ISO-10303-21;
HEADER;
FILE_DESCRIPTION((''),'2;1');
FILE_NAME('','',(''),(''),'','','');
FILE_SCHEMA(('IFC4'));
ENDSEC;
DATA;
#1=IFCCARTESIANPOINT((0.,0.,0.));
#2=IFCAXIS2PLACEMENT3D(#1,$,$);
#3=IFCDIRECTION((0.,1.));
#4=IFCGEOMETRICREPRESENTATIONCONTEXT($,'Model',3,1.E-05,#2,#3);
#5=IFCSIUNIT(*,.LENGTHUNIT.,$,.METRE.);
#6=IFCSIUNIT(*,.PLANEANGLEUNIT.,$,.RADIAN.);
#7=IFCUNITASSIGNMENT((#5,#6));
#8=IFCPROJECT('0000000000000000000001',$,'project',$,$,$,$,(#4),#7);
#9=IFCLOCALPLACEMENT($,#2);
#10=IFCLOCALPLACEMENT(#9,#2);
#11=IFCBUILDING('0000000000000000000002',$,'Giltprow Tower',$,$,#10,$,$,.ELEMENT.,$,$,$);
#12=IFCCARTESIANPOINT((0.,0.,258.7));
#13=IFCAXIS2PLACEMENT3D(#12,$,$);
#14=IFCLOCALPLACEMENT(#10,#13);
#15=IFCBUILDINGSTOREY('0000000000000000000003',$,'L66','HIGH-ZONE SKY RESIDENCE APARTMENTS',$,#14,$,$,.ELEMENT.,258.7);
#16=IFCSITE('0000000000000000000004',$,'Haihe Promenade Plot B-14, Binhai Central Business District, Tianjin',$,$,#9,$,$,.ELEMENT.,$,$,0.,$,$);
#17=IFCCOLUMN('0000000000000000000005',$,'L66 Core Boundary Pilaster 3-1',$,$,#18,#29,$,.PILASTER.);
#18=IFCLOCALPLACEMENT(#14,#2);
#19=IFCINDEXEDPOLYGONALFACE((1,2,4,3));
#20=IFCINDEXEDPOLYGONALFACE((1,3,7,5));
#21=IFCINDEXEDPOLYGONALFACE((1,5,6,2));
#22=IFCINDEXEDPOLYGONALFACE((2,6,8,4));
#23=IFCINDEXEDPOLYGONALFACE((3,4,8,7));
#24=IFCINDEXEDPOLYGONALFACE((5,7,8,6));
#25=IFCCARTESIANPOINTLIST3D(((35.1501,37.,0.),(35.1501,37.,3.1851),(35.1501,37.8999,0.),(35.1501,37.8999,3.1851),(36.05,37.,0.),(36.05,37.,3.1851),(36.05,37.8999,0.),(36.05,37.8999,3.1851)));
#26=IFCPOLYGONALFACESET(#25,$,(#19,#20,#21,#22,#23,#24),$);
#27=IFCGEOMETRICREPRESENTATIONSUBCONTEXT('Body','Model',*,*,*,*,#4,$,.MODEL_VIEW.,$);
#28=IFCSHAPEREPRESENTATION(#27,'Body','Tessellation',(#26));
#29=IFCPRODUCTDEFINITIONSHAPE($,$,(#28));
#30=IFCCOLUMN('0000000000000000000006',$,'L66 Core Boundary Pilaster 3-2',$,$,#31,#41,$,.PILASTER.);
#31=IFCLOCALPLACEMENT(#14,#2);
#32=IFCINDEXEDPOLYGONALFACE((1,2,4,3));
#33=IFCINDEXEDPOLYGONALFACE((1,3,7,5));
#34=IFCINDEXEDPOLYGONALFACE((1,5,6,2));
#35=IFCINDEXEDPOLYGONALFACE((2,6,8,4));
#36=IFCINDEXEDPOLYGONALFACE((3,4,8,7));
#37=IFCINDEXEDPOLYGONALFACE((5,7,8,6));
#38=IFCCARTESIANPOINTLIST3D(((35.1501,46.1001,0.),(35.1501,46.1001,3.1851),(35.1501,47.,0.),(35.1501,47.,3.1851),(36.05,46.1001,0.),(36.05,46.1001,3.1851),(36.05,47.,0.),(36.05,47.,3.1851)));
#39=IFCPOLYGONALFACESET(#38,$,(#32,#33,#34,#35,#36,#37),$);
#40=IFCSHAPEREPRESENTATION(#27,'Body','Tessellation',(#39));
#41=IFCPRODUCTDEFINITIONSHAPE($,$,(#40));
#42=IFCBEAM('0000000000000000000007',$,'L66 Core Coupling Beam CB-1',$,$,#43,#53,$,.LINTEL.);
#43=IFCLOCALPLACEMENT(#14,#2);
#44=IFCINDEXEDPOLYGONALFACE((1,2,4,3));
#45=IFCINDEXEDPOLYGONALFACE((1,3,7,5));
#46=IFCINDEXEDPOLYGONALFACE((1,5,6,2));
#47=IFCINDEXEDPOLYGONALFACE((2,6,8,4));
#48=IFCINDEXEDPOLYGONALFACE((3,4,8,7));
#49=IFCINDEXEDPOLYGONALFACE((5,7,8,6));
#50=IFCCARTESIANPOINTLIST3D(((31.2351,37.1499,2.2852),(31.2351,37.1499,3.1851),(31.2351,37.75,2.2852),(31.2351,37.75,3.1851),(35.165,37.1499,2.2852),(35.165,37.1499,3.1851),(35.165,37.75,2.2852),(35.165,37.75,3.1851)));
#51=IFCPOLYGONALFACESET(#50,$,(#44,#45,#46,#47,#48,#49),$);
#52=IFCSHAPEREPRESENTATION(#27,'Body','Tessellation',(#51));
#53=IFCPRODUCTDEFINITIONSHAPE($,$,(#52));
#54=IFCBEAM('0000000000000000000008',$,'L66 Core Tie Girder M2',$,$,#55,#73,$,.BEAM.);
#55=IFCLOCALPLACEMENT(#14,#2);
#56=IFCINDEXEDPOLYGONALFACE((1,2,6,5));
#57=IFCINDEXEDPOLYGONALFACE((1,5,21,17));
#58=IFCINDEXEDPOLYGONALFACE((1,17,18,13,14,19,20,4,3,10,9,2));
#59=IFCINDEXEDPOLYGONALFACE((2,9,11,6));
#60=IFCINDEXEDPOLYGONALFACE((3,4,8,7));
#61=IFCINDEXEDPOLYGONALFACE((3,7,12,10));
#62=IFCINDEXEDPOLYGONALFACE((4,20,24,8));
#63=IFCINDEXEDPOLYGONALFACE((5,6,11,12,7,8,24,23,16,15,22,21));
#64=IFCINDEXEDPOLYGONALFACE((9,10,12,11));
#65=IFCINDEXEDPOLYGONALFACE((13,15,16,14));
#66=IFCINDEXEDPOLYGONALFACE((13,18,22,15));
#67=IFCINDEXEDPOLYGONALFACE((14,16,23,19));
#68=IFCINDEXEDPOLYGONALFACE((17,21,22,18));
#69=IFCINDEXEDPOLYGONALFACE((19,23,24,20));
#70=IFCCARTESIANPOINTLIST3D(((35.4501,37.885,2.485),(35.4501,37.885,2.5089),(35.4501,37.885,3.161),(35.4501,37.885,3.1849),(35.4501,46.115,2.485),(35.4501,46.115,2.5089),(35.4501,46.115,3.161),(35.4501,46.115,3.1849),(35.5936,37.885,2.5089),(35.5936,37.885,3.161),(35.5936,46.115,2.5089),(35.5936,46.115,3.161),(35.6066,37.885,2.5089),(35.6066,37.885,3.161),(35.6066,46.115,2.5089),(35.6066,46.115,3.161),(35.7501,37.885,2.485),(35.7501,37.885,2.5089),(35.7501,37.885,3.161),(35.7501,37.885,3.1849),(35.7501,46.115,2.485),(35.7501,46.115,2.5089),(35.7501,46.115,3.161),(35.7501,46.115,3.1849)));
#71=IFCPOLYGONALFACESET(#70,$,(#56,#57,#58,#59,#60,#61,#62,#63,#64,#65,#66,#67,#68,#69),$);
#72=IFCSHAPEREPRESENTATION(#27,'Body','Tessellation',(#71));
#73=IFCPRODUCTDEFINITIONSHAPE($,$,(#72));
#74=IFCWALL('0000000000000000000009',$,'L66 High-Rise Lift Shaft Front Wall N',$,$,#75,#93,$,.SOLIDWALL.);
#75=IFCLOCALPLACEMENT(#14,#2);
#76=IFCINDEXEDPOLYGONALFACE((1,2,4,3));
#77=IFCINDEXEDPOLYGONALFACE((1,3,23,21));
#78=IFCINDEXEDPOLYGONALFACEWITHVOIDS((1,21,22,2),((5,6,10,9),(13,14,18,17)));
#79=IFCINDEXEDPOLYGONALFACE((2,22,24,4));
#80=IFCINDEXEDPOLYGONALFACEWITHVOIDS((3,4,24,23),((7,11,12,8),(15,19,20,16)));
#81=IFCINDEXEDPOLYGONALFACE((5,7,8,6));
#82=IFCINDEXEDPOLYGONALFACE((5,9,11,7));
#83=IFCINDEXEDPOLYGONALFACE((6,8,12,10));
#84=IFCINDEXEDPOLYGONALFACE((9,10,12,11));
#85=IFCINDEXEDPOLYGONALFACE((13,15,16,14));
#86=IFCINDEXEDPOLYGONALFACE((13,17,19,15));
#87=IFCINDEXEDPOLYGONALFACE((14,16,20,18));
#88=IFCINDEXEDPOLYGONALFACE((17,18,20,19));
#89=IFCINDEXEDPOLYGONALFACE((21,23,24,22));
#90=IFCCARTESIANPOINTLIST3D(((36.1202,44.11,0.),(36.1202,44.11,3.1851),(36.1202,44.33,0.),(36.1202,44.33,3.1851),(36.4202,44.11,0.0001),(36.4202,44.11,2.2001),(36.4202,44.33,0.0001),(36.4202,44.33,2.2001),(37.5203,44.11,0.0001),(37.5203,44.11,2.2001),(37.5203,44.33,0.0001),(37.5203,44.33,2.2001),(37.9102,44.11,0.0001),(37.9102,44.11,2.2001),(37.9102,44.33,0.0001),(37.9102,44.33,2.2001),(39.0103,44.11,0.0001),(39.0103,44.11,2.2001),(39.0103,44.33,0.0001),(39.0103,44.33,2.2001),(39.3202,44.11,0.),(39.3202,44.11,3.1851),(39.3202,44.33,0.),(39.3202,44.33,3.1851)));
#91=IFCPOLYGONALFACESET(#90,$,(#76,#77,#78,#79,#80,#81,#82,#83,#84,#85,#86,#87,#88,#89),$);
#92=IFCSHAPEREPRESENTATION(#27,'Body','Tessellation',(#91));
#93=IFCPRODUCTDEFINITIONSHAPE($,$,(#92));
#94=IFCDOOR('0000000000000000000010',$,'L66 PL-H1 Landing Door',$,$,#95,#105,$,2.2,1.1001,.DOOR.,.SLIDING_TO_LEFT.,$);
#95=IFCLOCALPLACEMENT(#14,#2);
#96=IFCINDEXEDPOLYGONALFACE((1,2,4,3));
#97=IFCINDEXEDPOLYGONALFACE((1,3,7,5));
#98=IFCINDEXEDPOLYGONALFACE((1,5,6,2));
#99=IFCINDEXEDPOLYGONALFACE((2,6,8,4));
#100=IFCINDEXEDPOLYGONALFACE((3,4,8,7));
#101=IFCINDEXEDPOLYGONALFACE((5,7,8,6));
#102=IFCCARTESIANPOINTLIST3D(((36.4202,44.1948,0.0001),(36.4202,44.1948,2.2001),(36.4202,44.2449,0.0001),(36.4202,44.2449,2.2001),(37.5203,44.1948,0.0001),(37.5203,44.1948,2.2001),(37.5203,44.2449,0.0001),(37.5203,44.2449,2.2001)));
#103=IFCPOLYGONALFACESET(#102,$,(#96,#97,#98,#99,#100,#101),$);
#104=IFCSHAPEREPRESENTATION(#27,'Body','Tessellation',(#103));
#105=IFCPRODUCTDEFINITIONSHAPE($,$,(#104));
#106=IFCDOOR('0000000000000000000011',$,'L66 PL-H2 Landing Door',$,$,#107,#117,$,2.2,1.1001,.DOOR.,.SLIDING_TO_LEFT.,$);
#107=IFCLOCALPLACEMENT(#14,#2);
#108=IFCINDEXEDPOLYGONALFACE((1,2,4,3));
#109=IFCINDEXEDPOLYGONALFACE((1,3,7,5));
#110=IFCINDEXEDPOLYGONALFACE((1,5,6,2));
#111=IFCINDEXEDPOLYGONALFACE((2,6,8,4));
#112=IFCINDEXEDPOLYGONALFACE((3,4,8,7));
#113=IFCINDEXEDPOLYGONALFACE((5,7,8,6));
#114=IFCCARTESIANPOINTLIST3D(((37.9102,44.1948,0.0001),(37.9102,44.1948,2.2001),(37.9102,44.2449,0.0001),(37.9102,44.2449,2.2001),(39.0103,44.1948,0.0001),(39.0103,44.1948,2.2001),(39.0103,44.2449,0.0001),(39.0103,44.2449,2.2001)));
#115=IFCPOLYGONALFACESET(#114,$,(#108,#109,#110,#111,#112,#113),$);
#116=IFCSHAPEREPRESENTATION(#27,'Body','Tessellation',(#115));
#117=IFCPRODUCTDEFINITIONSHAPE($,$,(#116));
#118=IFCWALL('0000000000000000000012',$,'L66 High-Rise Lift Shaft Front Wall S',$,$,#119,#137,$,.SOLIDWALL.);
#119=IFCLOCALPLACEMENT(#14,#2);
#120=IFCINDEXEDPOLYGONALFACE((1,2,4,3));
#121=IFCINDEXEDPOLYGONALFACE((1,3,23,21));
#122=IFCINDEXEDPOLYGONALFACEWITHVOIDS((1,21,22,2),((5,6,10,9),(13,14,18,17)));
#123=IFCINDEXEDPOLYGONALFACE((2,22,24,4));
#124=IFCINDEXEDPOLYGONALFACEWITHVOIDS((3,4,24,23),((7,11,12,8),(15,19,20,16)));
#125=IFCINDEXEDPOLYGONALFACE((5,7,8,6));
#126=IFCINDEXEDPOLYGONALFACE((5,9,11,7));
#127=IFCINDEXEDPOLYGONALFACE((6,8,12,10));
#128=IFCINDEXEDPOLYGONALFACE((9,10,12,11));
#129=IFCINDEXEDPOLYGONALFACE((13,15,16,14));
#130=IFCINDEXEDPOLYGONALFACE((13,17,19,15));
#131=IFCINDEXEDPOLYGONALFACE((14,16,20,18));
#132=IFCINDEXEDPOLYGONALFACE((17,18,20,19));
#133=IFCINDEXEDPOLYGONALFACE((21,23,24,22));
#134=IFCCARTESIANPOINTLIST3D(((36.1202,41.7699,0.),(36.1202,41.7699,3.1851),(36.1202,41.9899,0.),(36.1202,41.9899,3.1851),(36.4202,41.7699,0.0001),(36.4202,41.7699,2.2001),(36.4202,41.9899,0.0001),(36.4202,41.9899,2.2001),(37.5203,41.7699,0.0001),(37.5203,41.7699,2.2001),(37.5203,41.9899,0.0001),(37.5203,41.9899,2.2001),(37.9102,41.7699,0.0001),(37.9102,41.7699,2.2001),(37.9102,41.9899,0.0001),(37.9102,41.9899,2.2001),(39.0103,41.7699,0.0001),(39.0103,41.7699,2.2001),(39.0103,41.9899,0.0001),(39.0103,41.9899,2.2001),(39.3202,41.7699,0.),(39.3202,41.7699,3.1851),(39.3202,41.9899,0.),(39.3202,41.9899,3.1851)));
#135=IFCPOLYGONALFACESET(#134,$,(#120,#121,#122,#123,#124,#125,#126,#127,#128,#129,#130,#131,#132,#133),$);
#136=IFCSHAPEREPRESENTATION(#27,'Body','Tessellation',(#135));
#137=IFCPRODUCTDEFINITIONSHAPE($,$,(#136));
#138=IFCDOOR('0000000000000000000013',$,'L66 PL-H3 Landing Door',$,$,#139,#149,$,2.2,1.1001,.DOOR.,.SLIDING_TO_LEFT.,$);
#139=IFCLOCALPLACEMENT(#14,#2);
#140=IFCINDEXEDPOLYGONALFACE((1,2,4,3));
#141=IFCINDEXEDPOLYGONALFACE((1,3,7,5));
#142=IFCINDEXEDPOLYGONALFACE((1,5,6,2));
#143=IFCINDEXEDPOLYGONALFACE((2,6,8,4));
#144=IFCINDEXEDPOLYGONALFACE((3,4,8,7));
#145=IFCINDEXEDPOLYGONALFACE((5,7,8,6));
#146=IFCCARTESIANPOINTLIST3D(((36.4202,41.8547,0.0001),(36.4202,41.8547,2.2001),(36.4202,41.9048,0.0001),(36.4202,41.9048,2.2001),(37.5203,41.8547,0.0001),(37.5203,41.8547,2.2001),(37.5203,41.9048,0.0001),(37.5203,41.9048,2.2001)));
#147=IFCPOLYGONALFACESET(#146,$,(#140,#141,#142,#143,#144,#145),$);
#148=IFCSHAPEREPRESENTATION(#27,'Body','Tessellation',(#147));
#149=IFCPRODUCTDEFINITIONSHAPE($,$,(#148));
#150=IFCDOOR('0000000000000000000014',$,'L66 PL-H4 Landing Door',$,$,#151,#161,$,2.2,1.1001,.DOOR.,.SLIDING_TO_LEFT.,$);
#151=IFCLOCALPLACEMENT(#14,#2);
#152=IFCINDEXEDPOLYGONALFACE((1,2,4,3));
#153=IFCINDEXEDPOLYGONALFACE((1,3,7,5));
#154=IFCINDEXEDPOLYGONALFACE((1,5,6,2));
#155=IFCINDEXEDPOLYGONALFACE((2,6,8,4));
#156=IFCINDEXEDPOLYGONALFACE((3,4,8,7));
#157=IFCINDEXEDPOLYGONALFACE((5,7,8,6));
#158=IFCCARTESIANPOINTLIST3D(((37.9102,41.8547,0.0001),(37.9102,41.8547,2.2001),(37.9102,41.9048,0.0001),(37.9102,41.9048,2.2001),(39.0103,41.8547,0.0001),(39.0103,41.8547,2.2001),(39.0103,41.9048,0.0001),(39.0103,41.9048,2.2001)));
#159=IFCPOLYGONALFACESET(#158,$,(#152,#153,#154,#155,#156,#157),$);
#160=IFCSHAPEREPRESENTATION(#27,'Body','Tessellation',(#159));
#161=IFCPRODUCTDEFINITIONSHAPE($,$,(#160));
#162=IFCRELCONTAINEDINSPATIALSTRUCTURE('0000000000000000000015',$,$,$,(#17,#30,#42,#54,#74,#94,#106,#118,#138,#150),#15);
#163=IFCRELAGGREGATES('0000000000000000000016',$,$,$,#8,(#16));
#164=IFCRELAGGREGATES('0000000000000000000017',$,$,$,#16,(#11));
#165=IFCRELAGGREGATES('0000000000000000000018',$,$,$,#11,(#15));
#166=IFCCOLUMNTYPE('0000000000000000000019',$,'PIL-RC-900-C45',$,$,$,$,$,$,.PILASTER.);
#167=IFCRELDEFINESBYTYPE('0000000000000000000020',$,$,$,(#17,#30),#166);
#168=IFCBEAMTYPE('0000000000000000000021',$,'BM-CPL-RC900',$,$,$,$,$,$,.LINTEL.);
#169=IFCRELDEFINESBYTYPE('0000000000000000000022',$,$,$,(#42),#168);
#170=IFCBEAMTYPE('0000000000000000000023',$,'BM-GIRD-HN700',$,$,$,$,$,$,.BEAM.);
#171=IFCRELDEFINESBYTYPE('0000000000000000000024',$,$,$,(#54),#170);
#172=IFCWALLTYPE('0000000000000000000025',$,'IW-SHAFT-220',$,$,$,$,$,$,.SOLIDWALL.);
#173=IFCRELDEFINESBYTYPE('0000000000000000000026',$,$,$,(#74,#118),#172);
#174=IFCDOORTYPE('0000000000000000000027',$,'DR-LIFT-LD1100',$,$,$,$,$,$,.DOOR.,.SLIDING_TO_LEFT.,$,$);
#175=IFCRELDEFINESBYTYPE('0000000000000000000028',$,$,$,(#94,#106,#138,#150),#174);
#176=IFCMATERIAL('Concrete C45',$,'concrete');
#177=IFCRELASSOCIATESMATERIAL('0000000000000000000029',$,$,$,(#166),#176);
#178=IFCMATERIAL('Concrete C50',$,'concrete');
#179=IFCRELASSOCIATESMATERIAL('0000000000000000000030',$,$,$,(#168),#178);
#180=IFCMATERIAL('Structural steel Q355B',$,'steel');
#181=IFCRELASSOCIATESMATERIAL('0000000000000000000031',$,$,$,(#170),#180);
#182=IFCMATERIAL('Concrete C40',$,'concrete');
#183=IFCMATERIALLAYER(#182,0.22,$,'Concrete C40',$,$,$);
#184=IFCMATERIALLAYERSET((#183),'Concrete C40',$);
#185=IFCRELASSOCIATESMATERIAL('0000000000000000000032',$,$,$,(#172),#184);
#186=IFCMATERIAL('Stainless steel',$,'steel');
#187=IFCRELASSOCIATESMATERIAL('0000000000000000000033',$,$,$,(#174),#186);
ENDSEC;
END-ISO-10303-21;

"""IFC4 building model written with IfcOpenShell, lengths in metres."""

from ifc_helpers import new_model, si_unit, direction, frame, frame_2d, origin, origin_2d, place, context, subcontext, project, spatial, rectangle, i_section, extrude, source, transform, mapped, material, layer, layer_set, material_profile, profile_set, type_object, element, fill, save


model = new_model("IFC4")

# Units and contexts
model_context = context("Model", 3, precision=1e-05, world=origin(), true_north=direction((0.0, 1.0)))
body_context = subcontext(model_context, "Body", "Model", "MODEL_VIEW")
ifc_project = project(units=[si_unit("LENGTHUNIT", "METRE"), si_unit("PLANEANGLEUNIT", "RADIAN")], contexts=[model_context])

# Site, building, storey
site_placement = place(None, origin())
site = spatial("IfcSite", under=ifc_project, at=site_placement, Name="Haihe Promenade Plot B-14, Binhai Central Business District, Tianjin", CompositionType="ELEMENT", RefElevation=0.0)
building_placement = place(site_placement, origin())
building = spatial("IfcBuilding", under=site, at=building_placement, Name="Giltprow Tower", CompositionType="ELEMENT")
storey_placement = place(building_placement, frame((0.0, 0.0, 258.7)))
storey = spatial("IfcBuildingStorey", under=building, at=storey_placement, Name="L66", Description="HIGH-ZONE SKY RESIDENCE APARTMENTS", CompositionType="ELEMENT", Elevation=258.7)

# Columns
ifc_material_1 = material(Name="Concrete C45", Category="concrete")
ifc_material_profile_1 = material_profile(ifc_material_1, rectangle(XDim=0.8999, YDim=0.8999, at=origin_2d()), Name="RC 900x900")
ifc_profile_set_1 = profile_set([ifc_material_profile_1], Name="Concrete C45")
column_type = type_object("IfcColumnType", Name="PIL-RC-900-C45", PredefinedType="PILASTER", material=ifc_profile_set_1)
shared_shape_1 = source(origin(), body_context, "Body", "SweptSolid", [
    extrude(rectangle(XDim=0.8999, YDim=0.8999, at=origin_2d()), origin(), (0.0, 0.0, 1.0), 3.1851),
])
for number, where, z_axis, x_axis, name in (
    (1, (35.6001, 37.45, 0.0), (0.0, 0.0, 1.0), (1.0, 0.0, 0.0), "L66 Core Boundary Pilaster 3-1"),
    (2, (35.6001, 46.55, 0.0), (0.0, 0.0, 1.0), (1.0, 0.0, 0.0), "L66 Core Boundary Pilaster 3-2"),
):
    element("IfcColumn", number, at=place(storey_placement, frame(where, z_axis=z_axis, x_axis=x_axis)), inside=storey, type_object=column_type, Name=name, PredefinedType="PILASTER", context=body_context, shape_type="MappedRepresentation", body=[
        mapped(shared_shape_1, transform((0.0, 0.0, 0.0), x_axis=(1.0, 0.0, 0.0), y_axis=(0.0, 1.0, 0.0), z_axis=(0.0, 0.0, 1.0), scale=1.0)),
    ])

# Beams
ifc_material_2 = material(Name="Concrete C50", Category="concrete")
ifc_material_profile_2 = material_profile(ifc_material_2, rectangle(XDim=0.6001, YDim=0.8999, at=origin_2d()), Name="RC 900x600")
ifc_profile_set_2 = profile_set([ifc_material_profile_2], Name="Concrete C50")
beam_type_1 = type_object("IfcBeamType", Name="BM-CPL-RC900", PredefinedType="LINTEL", material=ifc_profile_set_2)
shared_shape_2 = source(origin(), body_context, "Body", "SweptSolid", [
    extrude(rectangle(XDim=0.6001, YDim=0.8999, at=origin_2d()), origin(), (0.0, 0.0, 1.0), 3.9299),
])
beam_1_placement = place(storey_placement, frame((31.2351, 37.45, 2.7351), z_axis=(1.0, 0.0, 0.0), x_axis=(0.0, 1.0, 0.0)))
element("IfcBeam", 3, at=beam_1_placement, inside=storey, type_object=beam_type_1, Name="L66 Core Coupling Beam CB-1", PredefinedType="LINTEL", context=body_context, shape_type="MappedRepresentation", body=[
    mapped(shared_shape_2, transform((0.0, 0.0, 0.0), x_axis=(1.0, 0.0, 0.0), y_axis=(0.0, 1.0, 0.0), z_axis=(0.0, 0.0, 1.0), scale=1.0)),
])
ifc_material_3 = material(Name="Structural steel Q355B", Category="steel")
ifc_material_profile_3 = material_profile(ifc_material_3, i_section(OverallWidth=0.3, OverallDepth=0.7, WebThickness=0.0129, FlangeThickness=0.0239, at=origin_2d()), Name="HN 700x300x13x24")
ifc_profile_set_3 = profile_set([ifc_material_profile_3], Name="Structural steel Q355B")
beam_type_2 = type_object("IfcBeamType", Name="BM-GIRD-HN700", PredefinedType="BEAM", material=ifc_profile_set_3)
shared_shape_3 = source(origin(), body_context, "Body", "SweptSolid", [
    extrude(i_section(OverallWidth=0.3, OverallDepth=0.7, WebThickness=0.0129, FlangeThickness=0.0239, at=origin_2d()), origin(), (0.0, 0.0, 1.0), 8.23),
])
beam_2_placement = place(storey_placement, frame((35.6001, 37.885, 2.835), z_axis=(0.0, 1.0, 0.0), x_axis=(-1.0, 0.0, 0.0)))
element("IfcBeam", 4, at=beam_2_placement, inside=storey, type_object=beam_type_2, Name="L66 Core Tie Girder M2", PredefinedType="BEAM", context=body_context, shape_type="MappedRepresentation", body=[
    mapped(shared_shape_3, transform((0.0, 0.0, 0.0), x_axis=(1.0, 0.0, 0.0), y_axis=(0.0, 1.0, 0.0), z_axis=(0.0, 0.0, 1.0), scale=1.0)),
])

# Walls, openings, doors
ifc_material_4 = material(Name="Concrete C40", Category="concrete")
ifc_layer_1 = layer(ifc_material_4, 0.22, Name="Concrete C40")
ifc_layer_set_1 = layer_set([ifc_layer_1], Name="Concrete C40")
wall_type_1 = type_object("IfcWallType", Name="IW-SHAFT-220", PredefinedType="SOLIDWALL", material=ifc_layer_set_1)
wall_1_placement = place(storey_placement, frame((36.1201, 44.22, 0.0), z_axis=(0.0, 0.0, 1.0), x_axis=(1.0, 0.0, 0.0)))
wall_1 = element("IfcWall", 5, at=wall_1_placement, inside=storey, type_object=wall_type_1, Name="L66 High-Rise Lift Shaft Front Wall N", PredefinedType="SOLIDWALL", context=body_context, shape_type="SweptSolid", body=[
    extrude(rectangle(XDim=3.2, YDim=0.22, at=frame_2d((1.6001, 0.0))), origin(), (0.0, 0.0, 1.0), 3.1851),
])
opening_1_placement = place(wall_1_placement, frame((0.3, 0.0, 0.0)))
opening_1 = element("IfcOpeningElement", 6, at=opening_1_placement, cuts=wall_1, PredefinedType="OPENING", context=body_context, shape_type="SweptSolid", body=[
    extrude(rectangle(XDim=1.1001, YDim=2.2, at=frame_2d((0.55, 1.1001))), frame((0.0, 0.1199, 0.0), z_axis=(0.0, -1.0, 0.0), x_axis=(1.0, 0.0, 0.0)), (0.0, 0.0, 1.0), 0.24),
])
opening_2_placement = place(wall_1_placement, frame((1.79, 0.0, 0.0)))
opening_2 = element("IfcOpeningElement", 7, at=opening_2_placement, cuts=wall_1, PredefinedType="OPENING", context=body_context, shape_type="SweptSolid", body=[
    extrude(rectangle(XDim=1.1001, YDim=2.2, at=frame_2d((0.55, 1.1001))), frame((0.0, 0.1199, 0.0), z_axis=(0.0, -1.0, 0.0), x_axis=(1.0, 0.0, 0.0)), (0.0, 0.0, 1.0), 0.24),
])
ifc_material_5 = material(Name="Stainless steel", Category="steel")
door_type_1 = type_object("IfcDoorType", Name="DR-LIFT-LD1100", OperationType="SLIDING_TO_LEFT", PredefinedType="DOOR", material=ifc_material_5)
shared_shape_4 = source(origin(), body_context, "Body", "SweptSolid", [
    extrude(rectangle(XDim=1.1001, YDim=2.2, at=frame_2d((0.55, 1.1001))), frame((0.0, 0.0249, 0.0), z_axis=(0.0, -1.0, 0.0), x_axis=(1.0, 0.0, 0.0)), (0.0, 0.0, 1.0), 0.05),
])
door_1_placement = place(opening_1_placement, origin())
door_1 = element("IfcDoor", 8, at=door_1_placement, inside=storey, type_object=door_type_1, Name="L66 PL-H1 Landing Door", OperationType="SLIDING_TO_LEFT", OverallHeight=2.2, OverallWidth=1.1001, PredefinedType="DOOR", context=body_context, shape_type="MappedRepresentation", body=[
    mapped(shared_shape_4, transform((0.0, 0.0, 0.0), x_axis=(1.0, 0.0, 0.0), y_axis=(0.0, 1.0, 0.0), z_axis=(0.0, 0.0, 1.0), scale=1.0)),
])
fill(opening_1, door_1)
door_2_placement = place(opening_2_placement, origin())
door_2 = element("IfcDoor", 9, at=door_2_placement, inside=storey, type_object=door_type_1, Name="L66 PL-H2 Landing Door", OperationType="SLIDING_TO_LEFT", OverallHeight=2.2, OverallWidth=1.1001, PredefinedType="DOOR", context=body_context, shape_type="MappedRepresentation", body=[
    mapped(shared_shape_4, transform((0.0, 0.0, 0.0), x_axis=(1.0, 0.0, 0.0), y_axis=(0.0, 1.0, 0.0), z_axis=(0.0, 0.0, 1.0), scale=1.0)),
])
fill(opening_2, door_2)
wall_2_placement = place(storey_placement, frame((36.1201, 41.8799, 0.0), z_axis=(0.0, 0.0, 1.0), x_axis=(1.0, 0.0, 0.0)))
wall_2 = element("IfcWall", 10, at=wall_2_placement, inside=storey, type_object=wall_type_1, Name="L66 High-Rise Lift Shaft Front Wall S", PredefinedType="SOLIDWALL", context=body_context, shape_type="SweptSolid", body=[
    extrude(rectangle(XDim=3.2, YDim=0.22, at=frame_2d((1.6001, 0.0))), origin(), (0.0, 0.0, 1.0), 3.1851),
])
opening_3_placement = place(wall_2_placement, frame((0.3, 0.0, 0.0)))
opening_3 = element("IfcOpeningElement", 11, at=opening_3_placement, cuts=wall_2, PredefinedType="OPENING", context=body_context, shape_type="SweptSolid", body=[
    extrude(rectangle(XDim=1.1001, YDim=2.2, at=frame_2d((0.55, 1.1001))), frame((0.0, 0.1199, 0.0), z_axis=(0.0, -1.0, 0.0), x_axis=(1.0, 0.0, 0.0)), (0.0, 0.0, 1.0), 0.24),
])
opening_4_placement = place(wall_2_placement, frame((1.79, 0.0, 0.0)))
opening_4 = element("IfcOpeningElement", 12, at=opening_4_placement, cuts=wall_2, PredefinedType="OPENING", context=body_context, shape_type="SweptSolid", body=[
    extrude(rectangle(XDim=1.1001, YDim=2.2, at=frame_2d((0.55, 1.1001))), frame((0.0, 0.1199, 0.0), z_axis=(0.0, -1.0, 0.0), x_axis=(1.0, 0.0, 0.0)), (0.0, 0.0, 1.0), 0.24),
])
door_3_placement = place(opening_3_placement, origin())
door_3 = element("IfcDoor", 13, at=door_3_placement, inside=storey, type_object=door_type_1, Name="L66 PL-H3 Landing Door", OperationType="SLIDING_TO_LEFT", OverallHeight=2.2, OverallWidth=1.1001, PredefinedType="DOOR", context=body_context, shape_type="MappedRepresentation", body=[
    mapped(shared_shape_4, transform((0.0, 0.0, 0.0), x_axis=(1.0, 0.0, 0.0), y_axis=(0.0, 1.0, 0.0), z_axis=(0.0, 0.0, 1.0), scale=1.0)),
])
fill(opening_3, door_3)
door_4_placement = place(opening_4_placement, origin())
door_4 = element("IfcDoor", 14, at=door_4_placement, inside=storey, type_object=door_type_1, Name="L66 PL-H4 Landing Door", OperationType="SLIDING_TO_LEFT", OverallHeight=2.2, OverallWidth=1.1001, PredefinedType="DOOR", context=body_context, shape_type="MappedRepresentation", body=[
    mapped(shared_shape_4, transform((0.0, 0.0, 0.0), x_axis=(1.0, 0.0, 0.0), y_axis=(0.0, 1.0, 0.0), z_axis=(0.0, 0.0, 1.0), scale=1.0)),
])
fill(opening_4, door_4)

save(model, "model.ifc")
